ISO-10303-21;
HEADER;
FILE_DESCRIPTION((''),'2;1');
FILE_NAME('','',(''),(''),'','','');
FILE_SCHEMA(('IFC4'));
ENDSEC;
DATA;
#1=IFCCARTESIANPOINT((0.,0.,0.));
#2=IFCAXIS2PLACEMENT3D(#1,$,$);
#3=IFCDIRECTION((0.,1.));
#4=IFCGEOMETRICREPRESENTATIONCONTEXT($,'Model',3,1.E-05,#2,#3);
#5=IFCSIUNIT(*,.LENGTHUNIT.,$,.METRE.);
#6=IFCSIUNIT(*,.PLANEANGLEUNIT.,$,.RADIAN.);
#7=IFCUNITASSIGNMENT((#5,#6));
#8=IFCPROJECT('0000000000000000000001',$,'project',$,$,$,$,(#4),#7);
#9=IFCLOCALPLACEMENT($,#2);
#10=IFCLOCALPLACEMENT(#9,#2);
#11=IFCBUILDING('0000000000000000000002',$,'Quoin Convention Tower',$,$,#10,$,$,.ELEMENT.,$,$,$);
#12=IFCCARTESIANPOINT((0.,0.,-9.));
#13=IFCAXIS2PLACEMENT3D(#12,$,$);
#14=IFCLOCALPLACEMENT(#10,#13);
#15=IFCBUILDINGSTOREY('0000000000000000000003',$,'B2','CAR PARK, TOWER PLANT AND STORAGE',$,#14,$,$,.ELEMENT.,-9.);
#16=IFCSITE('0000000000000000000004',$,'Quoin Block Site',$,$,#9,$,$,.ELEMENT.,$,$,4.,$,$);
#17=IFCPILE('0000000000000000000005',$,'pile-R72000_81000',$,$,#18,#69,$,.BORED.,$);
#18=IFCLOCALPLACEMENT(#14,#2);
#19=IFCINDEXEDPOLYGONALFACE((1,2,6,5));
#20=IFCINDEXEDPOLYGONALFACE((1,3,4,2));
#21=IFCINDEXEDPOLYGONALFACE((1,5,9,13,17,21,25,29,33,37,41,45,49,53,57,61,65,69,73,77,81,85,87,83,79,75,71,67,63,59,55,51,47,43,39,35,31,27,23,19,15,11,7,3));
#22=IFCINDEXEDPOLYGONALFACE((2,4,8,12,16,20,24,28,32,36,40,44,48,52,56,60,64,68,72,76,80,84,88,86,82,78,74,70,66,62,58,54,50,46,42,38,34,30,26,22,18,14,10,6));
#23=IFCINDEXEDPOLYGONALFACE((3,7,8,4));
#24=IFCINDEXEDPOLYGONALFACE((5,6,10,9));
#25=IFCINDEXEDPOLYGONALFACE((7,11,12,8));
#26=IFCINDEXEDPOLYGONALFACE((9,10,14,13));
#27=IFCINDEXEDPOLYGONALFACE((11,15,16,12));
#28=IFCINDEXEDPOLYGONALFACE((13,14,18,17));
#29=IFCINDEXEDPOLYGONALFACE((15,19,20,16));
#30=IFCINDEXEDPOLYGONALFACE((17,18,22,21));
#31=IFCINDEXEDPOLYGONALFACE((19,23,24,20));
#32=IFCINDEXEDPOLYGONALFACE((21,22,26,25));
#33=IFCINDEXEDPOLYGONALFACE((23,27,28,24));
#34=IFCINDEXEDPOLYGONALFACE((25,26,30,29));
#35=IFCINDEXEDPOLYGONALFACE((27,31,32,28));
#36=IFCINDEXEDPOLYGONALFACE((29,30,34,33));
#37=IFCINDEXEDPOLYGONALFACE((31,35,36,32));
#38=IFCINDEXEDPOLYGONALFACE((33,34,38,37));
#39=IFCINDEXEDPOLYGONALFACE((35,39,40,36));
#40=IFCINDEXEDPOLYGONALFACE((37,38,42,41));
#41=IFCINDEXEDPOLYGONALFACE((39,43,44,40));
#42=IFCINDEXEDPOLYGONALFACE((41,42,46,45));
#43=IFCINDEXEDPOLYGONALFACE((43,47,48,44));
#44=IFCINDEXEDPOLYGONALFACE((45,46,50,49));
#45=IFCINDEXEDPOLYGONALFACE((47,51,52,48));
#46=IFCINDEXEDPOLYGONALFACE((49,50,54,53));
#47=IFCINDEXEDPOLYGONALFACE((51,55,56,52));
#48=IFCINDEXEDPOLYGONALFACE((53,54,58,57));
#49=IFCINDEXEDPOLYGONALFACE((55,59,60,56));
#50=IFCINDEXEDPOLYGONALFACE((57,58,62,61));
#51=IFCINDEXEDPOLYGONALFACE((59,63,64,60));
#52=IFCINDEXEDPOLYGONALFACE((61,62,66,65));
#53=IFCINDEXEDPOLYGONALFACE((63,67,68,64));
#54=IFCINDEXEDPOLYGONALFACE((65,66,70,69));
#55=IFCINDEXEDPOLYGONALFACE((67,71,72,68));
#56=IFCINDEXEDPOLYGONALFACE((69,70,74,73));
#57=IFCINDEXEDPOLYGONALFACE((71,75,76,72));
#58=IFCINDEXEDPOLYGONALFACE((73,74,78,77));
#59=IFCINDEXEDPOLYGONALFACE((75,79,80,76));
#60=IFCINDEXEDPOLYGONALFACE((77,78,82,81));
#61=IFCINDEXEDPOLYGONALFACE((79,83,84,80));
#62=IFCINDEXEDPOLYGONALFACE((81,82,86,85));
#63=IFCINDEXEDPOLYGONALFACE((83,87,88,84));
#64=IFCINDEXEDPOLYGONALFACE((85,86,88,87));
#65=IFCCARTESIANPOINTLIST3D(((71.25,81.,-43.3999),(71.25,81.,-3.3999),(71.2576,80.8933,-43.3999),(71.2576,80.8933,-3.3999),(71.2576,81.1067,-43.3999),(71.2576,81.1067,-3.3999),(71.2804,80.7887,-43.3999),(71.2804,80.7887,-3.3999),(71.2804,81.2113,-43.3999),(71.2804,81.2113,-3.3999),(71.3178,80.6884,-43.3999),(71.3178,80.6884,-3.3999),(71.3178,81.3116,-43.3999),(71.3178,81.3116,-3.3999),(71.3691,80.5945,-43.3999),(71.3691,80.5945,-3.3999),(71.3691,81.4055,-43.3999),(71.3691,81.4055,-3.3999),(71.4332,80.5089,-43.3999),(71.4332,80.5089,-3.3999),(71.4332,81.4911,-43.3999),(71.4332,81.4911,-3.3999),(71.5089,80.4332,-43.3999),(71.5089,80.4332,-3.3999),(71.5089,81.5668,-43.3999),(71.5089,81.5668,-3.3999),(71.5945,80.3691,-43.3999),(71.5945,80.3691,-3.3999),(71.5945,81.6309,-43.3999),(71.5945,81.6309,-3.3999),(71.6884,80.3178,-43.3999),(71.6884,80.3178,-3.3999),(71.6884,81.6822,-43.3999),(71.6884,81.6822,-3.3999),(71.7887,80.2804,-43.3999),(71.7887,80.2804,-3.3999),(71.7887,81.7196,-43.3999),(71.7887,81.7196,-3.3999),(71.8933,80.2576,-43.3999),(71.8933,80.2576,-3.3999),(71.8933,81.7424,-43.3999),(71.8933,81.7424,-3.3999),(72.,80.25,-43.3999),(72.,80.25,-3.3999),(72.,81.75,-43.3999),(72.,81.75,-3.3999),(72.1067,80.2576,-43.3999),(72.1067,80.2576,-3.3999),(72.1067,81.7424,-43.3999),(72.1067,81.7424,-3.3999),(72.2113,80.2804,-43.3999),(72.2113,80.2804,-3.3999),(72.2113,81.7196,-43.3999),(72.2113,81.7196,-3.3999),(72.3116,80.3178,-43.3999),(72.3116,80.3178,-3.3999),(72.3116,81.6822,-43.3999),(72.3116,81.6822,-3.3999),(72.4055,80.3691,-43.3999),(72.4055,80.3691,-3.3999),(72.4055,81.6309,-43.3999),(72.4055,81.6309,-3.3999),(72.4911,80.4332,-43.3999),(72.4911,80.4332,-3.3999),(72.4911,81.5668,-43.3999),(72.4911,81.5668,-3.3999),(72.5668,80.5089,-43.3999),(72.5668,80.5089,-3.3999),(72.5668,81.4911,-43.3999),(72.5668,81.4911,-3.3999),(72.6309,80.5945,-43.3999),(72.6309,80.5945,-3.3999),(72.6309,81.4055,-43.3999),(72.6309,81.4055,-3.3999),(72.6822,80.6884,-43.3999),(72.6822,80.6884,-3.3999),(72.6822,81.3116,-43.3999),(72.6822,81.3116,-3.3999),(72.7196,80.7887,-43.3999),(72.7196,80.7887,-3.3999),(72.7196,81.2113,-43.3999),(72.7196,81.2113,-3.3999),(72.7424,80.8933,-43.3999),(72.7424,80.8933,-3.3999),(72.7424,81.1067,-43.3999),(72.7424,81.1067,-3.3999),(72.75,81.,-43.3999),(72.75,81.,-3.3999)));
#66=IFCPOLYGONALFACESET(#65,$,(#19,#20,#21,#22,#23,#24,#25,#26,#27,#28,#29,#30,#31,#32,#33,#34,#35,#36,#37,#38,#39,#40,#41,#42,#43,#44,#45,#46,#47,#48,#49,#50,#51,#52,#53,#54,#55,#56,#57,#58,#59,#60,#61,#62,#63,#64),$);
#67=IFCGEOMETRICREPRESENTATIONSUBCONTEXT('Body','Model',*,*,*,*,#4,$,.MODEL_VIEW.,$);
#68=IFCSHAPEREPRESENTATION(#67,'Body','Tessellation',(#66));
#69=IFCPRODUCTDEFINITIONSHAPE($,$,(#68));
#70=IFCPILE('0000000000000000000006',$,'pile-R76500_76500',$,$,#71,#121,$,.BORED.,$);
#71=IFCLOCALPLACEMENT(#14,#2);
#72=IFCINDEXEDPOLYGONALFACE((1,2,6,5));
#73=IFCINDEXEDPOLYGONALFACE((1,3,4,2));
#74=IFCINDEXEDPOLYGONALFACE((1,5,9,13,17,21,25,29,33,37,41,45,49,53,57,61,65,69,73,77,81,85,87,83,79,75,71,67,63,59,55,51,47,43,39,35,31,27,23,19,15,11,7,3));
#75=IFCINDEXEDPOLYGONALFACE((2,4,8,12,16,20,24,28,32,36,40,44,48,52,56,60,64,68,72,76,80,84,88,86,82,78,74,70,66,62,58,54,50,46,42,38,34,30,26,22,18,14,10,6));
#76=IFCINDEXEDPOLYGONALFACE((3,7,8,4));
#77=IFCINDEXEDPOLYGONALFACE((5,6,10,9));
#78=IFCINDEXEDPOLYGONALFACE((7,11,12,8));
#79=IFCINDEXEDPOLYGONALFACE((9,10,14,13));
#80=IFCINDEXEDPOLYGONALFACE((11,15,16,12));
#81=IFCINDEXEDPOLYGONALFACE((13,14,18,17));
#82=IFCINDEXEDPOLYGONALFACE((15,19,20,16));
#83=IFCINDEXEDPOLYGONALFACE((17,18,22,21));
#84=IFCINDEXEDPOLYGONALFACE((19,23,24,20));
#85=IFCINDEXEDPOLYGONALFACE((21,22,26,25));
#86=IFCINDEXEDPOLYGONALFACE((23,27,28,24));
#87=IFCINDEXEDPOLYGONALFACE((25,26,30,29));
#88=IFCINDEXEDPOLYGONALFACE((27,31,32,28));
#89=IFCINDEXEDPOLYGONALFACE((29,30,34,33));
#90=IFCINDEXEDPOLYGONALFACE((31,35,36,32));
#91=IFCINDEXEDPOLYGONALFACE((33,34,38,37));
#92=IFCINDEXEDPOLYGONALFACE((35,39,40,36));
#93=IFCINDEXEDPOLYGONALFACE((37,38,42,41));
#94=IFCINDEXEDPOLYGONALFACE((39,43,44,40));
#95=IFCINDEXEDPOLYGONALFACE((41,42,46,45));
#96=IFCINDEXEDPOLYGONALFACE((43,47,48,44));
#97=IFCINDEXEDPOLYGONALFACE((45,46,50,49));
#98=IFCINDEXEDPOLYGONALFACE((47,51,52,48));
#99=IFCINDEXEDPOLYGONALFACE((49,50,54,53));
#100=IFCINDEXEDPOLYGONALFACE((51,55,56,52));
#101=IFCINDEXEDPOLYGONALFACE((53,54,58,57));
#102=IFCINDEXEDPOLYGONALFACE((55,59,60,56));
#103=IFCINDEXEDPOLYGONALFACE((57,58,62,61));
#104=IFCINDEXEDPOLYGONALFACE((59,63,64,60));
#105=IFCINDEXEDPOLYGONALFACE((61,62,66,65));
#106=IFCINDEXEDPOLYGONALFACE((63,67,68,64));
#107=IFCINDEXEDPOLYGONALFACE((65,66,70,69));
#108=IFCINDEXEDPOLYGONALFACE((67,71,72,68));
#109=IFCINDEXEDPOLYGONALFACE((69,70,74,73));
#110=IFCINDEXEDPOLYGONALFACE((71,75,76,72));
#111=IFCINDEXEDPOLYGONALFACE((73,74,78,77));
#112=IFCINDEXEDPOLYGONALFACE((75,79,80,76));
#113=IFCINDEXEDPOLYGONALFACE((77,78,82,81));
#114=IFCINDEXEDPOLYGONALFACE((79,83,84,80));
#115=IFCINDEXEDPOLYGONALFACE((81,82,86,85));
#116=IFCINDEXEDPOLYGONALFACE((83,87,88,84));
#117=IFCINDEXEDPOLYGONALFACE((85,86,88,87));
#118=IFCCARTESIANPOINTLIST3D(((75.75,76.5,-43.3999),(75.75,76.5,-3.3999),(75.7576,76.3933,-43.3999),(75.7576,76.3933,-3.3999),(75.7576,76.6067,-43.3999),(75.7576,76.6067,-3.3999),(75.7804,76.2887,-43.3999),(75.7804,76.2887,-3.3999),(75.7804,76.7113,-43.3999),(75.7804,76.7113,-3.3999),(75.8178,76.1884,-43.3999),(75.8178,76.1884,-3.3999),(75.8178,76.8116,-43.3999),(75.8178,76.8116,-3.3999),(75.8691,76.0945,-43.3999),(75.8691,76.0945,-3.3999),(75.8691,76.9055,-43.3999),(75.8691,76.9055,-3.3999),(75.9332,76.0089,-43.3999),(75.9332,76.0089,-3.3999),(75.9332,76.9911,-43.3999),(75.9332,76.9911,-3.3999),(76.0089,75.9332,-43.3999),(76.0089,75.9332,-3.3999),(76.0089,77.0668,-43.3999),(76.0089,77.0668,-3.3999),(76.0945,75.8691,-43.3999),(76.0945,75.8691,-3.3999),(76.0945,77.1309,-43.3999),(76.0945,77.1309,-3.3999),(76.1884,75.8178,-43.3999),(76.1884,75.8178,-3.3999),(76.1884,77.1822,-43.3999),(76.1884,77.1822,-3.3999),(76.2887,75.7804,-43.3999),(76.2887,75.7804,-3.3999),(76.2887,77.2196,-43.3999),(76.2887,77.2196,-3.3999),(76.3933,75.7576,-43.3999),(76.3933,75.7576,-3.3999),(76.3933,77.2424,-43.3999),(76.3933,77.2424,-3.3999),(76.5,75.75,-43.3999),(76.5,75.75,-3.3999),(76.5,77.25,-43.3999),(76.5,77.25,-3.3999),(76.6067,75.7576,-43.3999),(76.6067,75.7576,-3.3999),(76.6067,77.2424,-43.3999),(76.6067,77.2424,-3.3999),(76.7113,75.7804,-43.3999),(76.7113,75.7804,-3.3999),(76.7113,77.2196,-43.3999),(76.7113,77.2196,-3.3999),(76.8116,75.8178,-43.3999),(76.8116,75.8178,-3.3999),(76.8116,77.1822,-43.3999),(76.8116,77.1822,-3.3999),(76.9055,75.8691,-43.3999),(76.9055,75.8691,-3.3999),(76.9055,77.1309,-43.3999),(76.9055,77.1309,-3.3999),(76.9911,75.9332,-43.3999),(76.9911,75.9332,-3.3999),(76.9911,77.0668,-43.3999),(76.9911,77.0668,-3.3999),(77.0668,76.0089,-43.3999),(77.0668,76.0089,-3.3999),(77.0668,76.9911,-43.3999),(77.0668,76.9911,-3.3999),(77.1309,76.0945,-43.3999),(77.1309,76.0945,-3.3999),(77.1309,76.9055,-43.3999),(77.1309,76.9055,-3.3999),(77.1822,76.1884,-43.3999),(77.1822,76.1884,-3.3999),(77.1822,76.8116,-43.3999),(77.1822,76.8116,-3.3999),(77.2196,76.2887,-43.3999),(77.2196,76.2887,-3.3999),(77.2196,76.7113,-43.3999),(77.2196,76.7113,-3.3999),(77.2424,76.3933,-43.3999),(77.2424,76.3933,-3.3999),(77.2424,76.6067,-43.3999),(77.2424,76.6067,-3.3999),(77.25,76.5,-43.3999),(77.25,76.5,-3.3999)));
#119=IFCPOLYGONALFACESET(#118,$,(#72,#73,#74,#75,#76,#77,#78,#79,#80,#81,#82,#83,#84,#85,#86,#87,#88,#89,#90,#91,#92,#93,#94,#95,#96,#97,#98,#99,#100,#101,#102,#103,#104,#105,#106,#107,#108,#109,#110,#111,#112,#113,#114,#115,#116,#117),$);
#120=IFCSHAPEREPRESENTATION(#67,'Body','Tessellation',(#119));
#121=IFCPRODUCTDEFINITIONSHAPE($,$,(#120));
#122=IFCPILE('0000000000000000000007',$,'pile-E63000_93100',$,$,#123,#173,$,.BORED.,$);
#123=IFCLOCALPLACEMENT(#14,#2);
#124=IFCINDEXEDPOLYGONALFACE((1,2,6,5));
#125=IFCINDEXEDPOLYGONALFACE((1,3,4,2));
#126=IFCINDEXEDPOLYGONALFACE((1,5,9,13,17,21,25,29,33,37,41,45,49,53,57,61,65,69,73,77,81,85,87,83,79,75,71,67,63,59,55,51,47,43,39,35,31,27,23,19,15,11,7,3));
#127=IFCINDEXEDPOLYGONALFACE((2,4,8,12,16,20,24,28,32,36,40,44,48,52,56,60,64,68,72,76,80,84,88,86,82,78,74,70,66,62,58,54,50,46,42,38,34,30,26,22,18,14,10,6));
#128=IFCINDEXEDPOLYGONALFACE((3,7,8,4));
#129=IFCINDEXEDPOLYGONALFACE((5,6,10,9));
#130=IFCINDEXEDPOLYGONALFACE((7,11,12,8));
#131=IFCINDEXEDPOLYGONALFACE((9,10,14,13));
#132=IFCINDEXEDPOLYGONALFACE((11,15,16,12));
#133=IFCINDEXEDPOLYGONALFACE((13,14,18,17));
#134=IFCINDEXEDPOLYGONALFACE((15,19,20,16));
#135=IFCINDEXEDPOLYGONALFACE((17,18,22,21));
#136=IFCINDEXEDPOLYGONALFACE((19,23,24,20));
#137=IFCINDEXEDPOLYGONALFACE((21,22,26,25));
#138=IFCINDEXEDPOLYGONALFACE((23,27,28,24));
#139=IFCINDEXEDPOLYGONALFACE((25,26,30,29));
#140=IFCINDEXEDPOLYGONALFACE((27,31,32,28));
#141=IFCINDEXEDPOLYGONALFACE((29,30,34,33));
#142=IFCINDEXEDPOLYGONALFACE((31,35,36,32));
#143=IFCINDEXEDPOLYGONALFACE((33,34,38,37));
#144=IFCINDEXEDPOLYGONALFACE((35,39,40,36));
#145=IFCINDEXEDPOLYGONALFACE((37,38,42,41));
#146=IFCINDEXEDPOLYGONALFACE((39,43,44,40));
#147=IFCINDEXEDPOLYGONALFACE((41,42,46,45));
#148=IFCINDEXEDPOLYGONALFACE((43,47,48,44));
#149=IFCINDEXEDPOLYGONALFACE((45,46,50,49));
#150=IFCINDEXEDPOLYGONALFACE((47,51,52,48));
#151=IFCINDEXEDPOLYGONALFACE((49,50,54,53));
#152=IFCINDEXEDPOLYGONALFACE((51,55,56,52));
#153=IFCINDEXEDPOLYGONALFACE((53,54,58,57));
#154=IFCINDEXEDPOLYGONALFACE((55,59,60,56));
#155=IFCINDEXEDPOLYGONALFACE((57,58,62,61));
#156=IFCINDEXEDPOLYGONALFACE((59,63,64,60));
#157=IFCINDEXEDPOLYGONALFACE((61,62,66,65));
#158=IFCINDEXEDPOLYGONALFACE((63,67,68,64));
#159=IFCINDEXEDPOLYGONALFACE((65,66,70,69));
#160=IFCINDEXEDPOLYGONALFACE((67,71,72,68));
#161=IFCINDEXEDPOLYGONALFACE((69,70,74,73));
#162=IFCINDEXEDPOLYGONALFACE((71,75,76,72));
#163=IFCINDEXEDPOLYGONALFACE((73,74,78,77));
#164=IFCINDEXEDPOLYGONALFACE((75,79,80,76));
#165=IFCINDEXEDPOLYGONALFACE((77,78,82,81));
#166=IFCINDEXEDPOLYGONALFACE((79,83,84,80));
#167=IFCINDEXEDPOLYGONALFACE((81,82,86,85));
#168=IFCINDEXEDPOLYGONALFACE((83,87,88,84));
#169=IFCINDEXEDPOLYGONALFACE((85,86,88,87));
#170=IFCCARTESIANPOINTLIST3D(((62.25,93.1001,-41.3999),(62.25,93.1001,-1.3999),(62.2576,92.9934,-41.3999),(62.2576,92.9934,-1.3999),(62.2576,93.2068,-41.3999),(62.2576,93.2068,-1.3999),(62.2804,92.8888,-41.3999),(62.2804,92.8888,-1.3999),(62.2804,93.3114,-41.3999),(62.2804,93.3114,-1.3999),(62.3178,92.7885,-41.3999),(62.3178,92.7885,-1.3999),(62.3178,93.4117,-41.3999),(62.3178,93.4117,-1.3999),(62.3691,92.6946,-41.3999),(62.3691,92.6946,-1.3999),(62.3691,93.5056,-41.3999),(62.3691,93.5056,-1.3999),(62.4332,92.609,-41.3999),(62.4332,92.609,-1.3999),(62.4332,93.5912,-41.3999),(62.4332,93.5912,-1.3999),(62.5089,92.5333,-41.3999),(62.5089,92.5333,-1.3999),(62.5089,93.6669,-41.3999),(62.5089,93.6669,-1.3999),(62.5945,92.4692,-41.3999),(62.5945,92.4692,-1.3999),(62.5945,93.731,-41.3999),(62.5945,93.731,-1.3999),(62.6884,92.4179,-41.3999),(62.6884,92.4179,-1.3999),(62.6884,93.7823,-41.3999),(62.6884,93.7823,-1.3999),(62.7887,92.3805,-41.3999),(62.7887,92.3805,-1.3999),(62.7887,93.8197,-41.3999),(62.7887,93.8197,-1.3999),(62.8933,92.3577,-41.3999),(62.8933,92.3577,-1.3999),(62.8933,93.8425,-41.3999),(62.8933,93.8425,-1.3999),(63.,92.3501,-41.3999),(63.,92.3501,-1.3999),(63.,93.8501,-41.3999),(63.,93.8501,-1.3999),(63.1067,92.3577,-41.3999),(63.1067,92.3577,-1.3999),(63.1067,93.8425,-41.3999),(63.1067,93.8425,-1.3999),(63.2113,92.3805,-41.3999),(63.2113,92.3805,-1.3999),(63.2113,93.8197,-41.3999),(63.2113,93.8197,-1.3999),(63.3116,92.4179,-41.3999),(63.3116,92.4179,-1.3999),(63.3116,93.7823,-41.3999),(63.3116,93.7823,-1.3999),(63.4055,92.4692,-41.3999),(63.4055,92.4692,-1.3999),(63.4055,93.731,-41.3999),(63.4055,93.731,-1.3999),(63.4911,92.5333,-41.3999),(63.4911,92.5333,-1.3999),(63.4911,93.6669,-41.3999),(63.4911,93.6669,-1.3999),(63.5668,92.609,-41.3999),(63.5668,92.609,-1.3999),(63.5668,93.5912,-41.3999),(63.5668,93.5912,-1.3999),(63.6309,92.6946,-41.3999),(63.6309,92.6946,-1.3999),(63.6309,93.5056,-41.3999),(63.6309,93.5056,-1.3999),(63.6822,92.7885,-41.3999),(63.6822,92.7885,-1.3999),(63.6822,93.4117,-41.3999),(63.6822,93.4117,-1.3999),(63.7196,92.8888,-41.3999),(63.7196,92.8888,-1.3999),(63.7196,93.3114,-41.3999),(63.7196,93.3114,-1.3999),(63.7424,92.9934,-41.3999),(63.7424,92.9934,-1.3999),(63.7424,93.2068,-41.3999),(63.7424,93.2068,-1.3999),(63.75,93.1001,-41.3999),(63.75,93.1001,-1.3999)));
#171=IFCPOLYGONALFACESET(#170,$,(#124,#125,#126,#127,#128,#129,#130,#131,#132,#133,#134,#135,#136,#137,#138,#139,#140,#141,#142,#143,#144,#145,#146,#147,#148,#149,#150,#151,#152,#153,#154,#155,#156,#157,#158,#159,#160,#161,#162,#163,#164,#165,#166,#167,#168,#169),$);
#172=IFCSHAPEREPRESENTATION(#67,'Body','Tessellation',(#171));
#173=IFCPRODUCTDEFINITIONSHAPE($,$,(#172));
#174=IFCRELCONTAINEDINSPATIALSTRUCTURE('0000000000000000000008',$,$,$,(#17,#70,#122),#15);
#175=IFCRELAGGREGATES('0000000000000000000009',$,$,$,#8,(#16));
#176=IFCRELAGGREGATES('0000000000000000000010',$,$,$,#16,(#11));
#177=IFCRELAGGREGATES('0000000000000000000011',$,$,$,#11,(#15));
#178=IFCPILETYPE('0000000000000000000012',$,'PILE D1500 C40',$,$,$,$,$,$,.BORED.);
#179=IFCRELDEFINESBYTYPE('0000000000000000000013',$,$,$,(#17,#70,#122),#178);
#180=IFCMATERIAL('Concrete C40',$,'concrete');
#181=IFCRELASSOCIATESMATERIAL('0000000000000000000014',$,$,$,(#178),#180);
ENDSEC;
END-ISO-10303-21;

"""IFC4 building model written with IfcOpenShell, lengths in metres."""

from ifc_helpers import new_model, si_unit, direction, frame, origin, origin_2d, place, context, subcontext, project, spatial, circle, extrude, material, material_profile, profile_set, type_object, element, save


model = new_model("IFC4")

# Units and contexts
model_context = context("Model", 3, precision=1e-05, world=origin(), true_north=direction((0.0, 1.0)))
body_context = subcontext(model_context, "Body", "Model", "MODEL_VIEW")
ifc_project = project(units=[si_unit("LENGTHUNIT", "METRE"), si_unit("PLANEANGLEUNIT", "RADIAN")], contexts=[model_context])

# Site, building, storey
site_placement = place(None, origin())
site = spatial("IfcSite", under=ifc_project, at=site_placement, Name="Quoin Block Site", CompositionType="ELEMENT", RefElevation=4.0)
building_placement = place(site_placement, origin())
building = spatial("IfcBuilding", under=site, at=building_placement, Name="Quoin Convention Tower", CompositionType="ELEMENT")
storey_placement = place(building_placement, frame((0.0, 0.0, -9.0)))
storey = spatial("IfcBuildingStorey", under=building, at=storey_placement, Name="B2", Description="CAR PARK, TOWER PLANT AND STORAGE", CompositionType="ELEMENT", Elevation=-9.0)

# Piles
ifc_material_1 = material(Name="Concrete C40", Category="concrete")
ifc_material_profile_1 = material_profile(ifc_material_1, circle(Radius=0.75, at=origin_2d()), Name="D1500")
ifc_profile_set_1 = profile_set([ifc_material_profile_1], Name="Concrete C40")
pile_type = type_object("IfcPileType", Name="PILE D1500 C40", PredefinedType="BORED", material=ifc_profile_set_1)
for number, where, z_axis, x_axis, name in (
    (1, (72.0, 81.0, -3.3999), (0.0, 0.0, -1.0), (1.0, 0.0, 0.0), "pile-R72000_81000"),
    (2, (76.5, 76.5, -3.3999), (0.0, 0.0, -1.0), (1.0, 0.0, 0.0), "pile-R76500_76500"),
    (3, (63.0, 93.1001, -1.3999), (0.0, 0.0, -1.0), (1.0, 0.0, 0.0), "pile-E63000_93100"),
):
    element("IfcPile", number, at=place(storey_placement, frame(where, z_axis=z_axis, x_axis=x_axis)), inside=storey, type_object=pile_type, Name=name, PredefinedType="BORED", context=body_context, shape_type="SweptSolid", body=[
        extrude(circle(Radius=0.75, at=origin_2d()), origin(), (0.0, 0.0, 1.0), 40.0),
    ])

save(model, "model.ifc")
